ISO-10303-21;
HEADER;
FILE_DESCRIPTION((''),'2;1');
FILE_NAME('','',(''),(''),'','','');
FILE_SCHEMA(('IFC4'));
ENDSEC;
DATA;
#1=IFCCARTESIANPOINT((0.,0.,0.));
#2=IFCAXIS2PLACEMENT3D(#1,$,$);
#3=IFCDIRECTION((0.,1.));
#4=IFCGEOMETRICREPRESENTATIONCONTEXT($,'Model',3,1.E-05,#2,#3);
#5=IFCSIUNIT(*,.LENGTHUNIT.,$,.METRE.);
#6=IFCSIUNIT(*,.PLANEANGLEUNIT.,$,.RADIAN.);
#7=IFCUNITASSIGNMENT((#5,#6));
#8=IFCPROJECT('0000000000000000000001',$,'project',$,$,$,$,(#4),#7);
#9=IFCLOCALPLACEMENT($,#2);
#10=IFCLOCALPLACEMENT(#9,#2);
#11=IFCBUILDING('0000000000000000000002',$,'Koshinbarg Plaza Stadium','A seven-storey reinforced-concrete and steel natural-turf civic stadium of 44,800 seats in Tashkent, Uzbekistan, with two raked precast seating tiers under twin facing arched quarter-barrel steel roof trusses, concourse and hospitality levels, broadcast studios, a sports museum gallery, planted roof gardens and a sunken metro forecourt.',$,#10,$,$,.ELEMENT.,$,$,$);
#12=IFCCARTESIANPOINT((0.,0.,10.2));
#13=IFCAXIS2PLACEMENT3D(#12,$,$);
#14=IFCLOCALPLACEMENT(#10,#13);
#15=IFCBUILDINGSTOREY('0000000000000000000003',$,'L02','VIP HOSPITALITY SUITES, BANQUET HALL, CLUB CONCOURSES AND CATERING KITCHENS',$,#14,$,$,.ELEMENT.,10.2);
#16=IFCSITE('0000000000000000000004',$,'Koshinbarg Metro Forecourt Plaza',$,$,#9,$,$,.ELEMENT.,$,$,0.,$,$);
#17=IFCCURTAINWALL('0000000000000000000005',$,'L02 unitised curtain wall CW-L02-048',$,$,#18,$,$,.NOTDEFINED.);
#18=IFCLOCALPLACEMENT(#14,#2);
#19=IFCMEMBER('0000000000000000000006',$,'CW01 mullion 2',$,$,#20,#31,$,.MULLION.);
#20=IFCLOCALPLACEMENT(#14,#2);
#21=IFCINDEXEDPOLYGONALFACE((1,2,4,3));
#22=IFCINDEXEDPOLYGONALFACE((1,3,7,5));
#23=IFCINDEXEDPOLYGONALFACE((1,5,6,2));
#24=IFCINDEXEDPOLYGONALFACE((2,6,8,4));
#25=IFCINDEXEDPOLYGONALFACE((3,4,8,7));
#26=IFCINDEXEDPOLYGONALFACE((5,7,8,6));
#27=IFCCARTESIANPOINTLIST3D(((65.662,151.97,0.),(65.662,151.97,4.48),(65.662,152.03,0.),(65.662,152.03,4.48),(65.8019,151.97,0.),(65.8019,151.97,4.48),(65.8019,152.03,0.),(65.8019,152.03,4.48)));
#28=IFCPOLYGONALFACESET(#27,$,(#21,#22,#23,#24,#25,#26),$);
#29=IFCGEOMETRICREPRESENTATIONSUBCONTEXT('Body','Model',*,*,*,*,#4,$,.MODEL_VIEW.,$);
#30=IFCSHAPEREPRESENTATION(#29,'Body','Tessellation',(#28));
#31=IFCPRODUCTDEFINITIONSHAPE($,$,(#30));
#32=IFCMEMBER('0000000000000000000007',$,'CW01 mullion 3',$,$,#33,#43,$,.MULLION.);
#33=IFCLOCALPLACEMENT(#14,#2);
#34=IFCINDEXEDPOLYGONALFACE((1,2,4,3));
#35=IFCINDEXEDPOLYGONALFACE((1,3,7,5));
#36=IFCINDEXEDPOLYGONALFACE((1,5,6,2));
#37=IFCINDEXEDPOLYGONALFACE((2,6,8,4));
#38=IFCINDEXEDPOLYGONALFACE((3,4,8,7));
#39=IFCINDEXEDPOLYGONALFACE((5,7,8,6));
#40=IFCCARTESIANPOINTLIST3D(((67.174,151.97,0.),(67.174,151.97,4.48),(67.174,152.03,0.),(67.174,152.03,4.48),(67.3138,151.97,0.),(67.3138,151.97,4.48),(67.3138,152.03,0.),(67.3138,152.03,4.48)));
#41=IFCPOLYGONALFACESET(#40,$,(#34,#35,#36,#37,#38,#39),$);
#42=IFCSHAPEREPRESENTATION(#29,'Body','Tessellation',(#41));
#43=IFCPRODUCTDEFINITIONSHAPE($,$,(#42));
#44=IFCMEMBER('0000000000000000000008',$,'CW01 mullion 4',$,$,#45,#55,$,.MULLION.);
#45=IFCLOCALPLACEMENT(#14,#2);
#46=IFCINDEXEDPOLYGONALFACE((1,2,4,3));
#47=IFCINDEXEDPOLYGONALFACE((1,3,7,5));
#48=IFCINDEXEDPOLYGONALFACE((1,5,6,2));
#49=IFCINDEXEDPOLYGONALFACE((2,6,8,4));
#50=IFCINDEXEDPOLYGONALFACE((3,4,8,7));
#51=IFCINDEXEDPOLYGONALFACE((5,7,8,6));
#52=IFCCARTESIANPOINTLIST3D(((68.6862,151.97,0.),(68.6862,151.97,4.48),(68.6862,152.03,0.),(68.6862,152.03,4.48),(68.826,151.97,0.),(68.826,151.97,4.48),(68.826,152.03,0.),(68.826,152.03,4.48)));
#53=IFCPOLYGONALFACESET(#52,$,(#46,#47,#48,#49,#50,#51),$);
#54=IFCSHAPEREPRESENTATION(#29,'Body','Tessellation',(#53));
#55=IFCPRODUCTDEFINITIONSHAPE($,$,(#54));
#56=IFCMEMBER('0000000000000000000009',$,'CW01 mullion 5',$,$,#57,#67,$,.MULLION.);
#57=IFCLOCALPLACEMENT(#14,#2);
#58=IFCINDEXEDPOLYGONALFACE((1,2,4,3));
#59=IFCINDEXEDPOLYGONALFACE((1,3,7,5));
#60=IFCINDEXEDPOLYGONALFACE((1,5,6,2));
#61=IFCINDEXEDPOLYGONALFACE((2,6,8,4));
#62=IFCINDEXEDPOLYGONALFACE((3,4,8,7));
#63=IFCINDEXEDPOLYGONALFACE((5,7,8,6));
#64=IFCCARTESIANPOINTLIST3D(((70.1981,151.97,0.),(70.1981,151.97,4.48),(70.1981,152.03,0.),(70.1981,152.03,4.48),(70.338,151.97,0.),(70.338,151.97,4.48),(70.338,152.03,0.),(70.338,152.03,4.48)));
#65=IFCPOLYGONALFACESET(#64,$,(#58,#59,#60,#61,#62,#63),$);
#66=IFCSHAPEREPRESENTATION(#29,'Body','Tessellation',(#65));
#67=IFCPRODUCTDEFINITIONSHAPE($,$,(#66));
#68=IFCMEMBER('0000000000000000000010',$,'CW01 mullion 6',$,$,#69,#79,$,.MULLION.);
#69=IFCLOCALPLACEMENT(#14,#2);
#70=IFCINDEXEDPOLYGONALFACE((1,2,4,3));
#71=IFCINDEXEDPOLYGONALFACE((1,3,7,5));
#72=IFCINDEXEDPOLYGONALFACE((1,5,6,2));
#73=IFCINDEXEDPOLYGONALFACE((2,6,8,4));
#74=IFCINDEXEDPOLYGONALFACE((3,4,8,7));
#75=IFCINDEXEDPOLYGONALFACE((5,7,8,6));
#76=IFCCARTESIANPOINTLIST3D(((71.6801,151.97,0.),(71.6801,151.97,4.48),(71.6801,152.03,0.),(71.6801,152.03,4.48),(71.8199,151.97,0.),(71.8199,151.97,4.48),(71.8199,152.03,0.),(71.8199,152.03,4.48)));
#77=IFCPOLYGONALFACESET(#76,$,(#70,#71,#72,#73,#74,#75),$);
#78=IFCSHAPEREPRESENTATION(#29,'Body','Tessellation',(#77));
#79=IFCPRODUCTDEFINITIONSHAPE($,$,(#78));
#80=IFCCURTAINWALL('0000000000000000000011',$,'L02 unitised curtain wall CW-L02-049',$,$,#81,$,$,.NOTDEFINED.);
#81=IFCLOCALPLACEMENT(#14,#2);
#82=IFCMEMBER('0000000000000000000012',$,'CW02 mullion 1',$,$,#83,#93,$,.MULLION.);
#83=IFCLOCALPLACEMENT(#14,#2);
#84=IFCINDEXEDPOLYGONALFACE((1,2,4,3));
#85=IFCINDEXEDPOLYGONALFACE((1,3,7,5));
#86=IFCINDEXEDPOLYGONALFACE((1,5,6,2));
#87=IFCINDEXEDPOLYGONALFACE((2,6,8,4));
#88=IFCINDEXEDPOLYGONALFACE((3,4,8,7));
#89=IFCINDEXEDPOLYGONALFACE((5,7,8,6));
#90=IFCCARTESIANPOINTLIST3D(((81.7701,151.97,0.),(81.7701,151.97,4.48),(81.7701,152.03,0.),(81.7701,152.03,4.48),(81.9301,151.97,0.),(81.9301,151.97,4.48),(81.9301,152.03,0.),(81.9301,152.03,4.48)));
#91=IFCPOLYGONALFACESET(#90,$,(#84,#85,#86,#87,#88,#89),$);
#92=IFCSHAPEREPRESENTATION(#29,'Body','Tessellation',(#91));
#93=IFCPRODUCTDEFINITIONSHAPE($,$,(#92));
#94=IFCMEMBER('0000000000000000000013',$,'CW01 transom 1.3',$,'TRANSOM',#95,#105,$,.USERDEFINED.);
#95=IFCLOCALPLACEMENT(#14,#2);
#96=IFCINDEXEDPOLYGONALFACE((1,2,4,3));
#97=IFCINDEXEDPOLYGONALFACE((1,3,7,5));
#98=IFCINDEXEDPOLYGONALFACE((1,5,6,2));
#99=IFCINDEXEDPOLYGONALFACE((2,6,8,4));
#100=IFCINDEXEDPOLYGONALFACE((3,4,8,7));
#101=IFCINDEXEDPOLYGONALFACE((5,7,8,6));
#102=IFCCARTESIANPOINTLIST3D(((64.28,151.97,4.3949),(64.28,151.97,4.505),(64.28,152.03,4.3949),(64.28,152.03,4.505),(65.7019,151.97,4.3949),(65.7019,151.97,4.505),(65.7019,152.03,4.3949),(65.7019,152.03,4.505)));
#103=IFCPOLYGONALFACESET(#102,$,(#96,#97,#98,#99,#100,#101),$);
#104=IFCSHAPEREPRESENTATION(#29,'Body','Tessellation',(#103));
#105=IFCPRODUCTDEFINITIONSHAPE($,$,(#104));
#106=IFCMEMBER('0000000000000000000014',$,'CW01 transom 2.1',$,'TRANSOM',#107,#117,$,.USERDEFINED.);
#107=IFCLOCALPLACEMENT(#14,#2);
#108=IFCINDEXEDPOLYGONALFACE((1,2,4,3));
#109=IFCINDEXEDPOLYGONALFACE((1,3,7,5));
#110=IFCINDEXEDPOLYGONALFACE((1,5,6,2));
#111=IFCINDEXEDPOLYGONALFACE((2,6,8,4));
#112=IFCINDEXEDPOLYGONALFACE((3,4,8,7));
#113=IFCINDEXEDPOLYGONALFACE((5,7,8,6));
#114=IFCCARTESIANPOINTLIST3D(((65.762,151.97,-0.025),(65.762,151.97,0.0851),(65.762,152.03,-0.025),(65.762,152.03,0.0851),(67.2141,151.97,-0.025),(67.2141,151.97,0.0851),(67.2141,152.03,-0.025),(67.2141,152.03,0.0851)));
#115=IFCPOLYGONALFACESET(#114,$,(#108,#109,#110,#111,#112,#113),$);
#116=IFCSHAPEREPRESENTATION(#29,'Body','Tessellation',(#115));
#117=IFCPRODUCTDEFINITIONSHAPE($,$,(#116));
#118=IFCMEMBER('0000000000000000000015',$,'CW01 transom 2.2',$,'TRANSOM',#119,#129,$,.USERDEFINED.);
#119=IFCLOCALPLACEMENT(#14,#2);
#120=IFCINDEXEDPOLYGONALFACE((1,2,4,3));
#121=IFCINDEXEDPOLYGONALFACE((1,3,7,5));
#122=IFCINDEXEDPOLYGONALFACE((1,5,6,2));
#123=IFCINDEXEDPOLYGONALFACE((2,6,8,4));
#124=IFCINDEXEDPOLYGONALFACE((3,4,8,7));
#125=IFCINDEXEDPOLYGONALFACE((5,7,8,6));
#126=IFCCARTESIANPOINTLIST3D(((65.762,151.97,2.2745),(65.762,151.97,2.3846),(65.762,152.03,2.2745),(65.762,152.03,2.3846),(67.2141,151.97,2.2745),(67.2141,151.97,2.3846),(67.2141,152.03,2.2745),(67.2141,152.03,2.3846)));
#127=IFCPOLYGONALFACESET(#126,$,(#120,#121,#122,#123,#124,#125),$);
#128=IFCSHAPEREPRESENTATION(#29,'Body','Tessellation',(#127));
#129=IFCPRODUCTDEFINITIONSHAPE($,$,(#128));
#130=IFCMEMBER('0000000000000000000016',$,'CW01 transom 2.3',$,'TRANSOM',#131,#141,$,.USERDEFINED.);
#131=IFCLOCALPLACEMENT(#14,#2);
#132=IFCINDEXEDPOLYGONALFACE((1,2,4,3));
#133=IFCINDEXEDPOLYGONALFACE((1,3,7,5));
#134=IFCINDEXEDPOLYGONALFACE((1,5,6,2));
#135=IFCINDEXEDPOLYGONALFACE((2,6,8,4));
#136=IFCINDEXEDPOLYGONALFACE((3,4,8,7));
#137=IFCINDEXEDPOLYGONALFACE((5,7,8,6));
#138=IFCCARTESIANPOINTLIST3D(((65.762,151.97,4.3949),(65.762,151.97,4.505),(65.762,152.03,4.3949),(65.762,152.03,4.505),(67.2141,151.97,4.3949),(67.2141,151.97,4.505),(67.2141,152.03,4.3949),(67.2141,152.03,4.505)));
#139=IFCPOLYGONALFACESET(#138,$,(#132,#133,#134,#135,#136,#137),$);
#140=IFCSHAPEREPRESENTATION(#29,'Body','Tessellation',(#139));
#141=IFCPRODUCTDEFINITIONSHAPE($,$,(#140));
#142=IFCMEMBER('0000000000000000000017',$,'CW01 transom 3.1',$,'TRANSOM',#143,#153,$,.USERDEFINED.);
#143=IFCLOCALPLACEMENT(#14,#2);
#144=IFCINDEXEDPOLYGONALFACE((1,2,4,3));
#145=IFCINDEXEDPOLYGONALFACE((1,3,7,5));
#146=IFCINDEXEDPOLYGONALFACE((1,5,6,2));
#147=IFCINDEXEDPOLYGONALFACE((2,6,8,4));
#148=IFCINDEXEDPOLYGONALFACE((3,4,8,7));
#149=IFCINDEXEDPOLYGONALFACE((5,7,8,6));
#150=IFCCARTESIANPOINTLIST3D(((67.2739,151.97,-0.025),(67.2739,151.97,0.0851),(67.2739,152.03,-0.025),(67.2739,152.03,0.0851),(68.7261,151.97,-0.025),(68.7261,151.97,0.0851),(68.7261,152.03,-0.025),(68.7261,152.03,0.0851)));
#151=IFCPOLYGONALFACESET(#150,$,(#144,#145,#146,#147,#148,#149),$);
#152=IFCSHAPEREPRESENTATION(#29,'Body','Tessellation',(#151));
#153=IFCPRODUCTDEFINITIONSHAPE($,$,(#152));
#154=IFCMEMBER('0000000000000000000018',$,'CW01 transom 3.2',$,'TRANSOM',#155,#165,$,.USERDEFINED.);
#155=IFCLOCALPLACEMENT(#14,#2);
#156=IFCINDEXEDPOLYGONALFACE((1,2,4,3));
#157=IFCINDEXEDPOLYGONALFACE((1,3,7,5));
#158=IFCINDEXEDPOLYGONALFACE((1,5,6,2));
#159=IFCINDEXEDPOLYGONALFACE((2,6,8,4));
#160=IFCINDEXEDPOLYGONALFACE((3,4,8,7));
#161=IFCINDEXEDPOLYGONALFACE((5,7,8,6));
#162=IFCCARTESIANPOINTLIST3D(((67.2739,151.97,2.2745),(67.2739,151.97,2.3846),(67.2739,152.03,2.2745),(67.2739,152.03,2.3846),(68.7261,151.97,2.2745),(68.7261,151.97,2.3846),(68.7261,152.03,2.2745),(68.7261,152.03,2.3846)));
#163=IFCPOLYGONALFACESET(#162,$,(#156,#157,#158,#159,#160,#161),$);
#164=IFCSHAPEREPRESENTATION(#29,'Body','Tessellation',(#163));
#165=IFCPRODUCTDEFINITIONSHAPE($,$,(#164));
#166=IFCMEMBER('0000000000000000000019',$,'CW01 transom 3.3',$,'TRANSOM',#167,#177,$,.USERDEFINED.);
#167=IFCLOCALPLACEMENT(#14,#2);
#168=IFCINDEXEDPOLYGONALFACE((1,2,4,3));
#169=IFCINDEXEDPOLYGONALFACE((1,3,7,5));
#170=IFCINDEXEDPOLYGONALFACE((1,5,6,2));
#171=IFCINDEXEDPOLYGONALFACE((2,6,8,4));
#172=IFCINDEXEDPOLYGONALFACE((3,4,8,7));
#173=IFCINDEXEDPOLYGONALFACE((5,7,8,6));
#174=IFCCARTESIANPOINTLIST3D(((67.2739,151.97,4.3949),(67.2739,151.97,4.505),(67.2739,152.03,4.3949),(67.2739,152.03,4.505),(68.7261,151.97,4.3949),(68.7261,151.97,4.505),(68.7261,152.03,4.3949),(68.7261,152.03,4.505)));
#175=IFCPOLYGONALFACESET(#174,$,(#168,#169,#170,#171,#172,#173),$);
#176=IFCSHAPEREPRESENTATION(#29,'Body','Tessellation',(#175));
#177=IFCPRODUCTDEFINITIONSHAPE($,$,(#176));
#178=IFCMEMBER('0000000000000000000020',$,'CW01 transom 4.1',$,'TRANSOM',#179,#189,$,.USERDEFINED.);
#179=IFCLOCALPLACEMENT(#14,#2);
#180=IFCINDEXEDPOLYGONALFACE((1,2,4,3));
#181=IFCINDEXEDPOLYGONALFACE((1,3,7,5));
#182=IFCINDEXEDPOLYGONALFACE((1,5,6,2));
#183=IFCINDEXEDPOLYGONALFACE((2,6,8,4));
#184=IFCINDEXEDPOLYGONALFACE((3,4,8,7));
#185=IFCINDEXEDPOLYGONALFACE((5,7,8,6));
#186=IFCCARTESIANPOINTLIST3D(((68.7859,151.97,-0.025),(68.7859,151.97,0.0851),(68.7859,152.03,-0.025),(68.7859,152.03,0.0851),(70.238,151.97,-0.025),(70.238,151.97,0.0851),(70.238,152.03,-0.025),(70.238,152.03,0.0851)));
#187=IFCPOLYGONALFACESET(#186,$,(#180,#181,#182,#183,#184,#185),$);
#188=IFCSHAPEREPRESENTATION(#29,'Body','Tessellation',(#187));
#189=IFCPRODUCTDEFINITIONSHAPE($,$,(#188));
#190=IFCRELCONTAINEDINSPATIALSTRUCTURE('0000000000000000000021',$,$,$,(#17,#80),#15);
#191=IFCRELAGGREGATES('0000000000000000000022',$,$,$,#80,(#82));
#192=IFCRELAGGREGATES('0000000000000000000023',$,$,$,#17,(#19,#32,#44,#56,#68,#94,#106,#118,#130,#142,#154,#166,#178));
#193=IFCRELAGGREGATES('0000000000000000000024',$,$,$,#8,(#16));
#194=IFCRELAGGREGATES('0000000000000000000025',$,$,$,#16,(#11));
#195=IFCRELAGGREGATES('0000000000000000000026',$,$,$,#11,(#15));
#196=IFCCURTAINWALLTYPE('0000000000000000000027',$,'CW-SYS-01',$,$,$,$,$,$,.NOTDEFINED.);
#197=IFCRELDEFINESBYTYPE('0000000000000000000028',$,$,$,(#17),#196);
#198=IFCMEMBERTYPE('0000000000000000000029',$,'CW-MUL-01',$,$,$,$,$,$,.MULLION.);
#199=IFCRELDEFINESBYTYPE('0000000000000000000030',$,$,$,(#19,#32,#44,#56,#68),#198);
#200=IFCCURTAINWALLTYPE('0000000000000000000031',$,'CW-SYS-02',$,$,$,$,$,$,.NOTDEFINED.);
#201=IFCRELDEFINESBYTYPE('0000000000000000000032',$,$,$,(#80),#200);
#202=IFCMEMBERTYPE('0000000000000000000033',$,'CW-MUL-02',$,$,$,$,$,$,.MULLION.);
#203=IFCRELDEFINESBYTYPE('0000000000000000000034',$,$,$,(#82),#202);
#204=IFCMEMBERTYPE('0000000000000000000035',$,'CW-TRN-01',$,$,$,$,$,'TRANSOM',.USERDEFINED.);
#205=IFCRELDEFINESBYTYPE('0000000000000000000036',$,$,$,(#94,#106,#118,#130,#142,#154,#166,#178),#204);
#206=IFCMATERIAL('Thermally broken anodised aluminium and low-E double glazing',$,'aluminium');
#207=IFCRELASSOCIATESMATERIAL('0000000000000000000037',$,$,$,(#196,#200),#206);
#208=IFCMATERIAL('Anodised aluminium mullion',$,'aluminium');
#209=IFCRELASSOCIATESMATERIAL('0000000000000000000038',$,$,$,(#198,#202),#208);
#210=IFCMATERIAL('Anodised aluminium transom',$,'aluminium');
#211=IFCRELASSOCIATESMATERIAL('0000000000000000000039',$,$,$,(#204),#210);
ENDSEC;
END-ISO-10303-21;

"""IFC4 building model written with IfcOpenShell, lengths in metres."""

from ifc_helpers import new_model, si_unit, direction, frame, origin, origin_2d, place, context, subcontext, project, spatial, rectangle, extrude, material, material_profile, profile_set, type_object, element, aggregate, save


model = new_model("IFC4")

# Units and contexts
model_context = context("Model", 3, precision=1e-05, world=origin(), true_north=direction((0.0, 1.0)))
body_context = subcontext(model_context, "Body", "Model", "MODEL_VIEW")
ifc_project = project(units=[si_unit("LENGTHUNIT", "METRE"), si_unit("PLANEANGLEUNIT", "RADIAN")], contexts=[model_context])

# Site, building, storey
site_placement = place(None, origin())
site = spatial("IfcSite", under=ifc_project, at=site_placement, Name="Koshinbarg Metro Forecourt Plaza", CompositionType="ELEMENT", RefElevation=0.0)
building_placement = place(site_placement, origin())
building = spatial("IfcBuilding", under=site, at=building_placement, Name="Koshinbarg Plaza Stadium", Description="A seven-storey reinforced-concrete and steel natural-turf civic stadium of 44,800 seats in Tashkent, Uzbekistan, with two raked precast seating tiers under twin facing arched quarter-barrel steel roof trusses, concourse and hospitality levels, broadcast studios, a sports museum gallery, planted roof gardens and a sunken metro forecourt.", CompositionType="ELEMENT")
storey_placement = place(building_placement, frame((0.0, 0.0, 10.2)))
storey = spatial("IfcBuildingStorey", under=building, at=storey_placement, Name="L02", Description="VIP HOSPITALITY SUITES, BANQUET HALL, CLUB CONCOURSES AND CATERING KITCHENS", CompositionType="ELEMENT", Elevation=10.2)

# Curtain wall, members
ifc_material_1 = material(Name="Thermally broken anodised aluminium and low-E double glazing", Category="aluminium")
curtain_wall_type_1 = type_object("IfcCurtainWallType", Name="CW-SYS-01", PredefinedType="NOTDEFINED", material=ifc_material_1)
curtain_wall_1_placement = place(storey_placement, origin())
curtain_wall_1 = element("IfcCurtainWall", 1, at=curtain_wall_1_placement, inside=storey, type_object=curtain_wall_type_1, Name="L02 unitised curtain wall CW-L02-048", PredefinedType="NOTDEFINED")
ifc_material_2 = material(Name="Anodised aluminium mullion", Category="aluminium")
ifc_material_profile_1 = material_profile(ifc_material_2, rectangle(XDim=0.0601, YDim=0.1399, at=origin_2d()), Name="ALU 60x140")
ifc_profile_set_1 = profile_set([ifc_material_profile_1], Name="Anodised aluminium mullion")
member_type_1 = type_object("IfcMemberType", Name="CW-MUL-01", PredefinedType="MULLION", material=ifc_profile_set_1)
member_1_placement = place(storey_placement, frame((65.7319, 152.0, 0.0), z_axis=(0.0, 0.0, 1.0), x_axis=(0.0, 1.0, 0.0)))
member_1 = element("IfcMember", 2, at=member_1_placement, type_object=member_type_1, Name="CW01 mullion 2", PredefinedType="MULLION", context=body_context, shape_type="SweptSolid", body=[
    extrude(rectangle(XDim=0.0601, YDim=0.1399, at=origin_2d()), origin(), (0.0, 0.0, 1.0), 4.48),
])
member_2_placement = place(storey_placement, frame((67.2439, 152.0, 0.0), z_axis=(0.0, 0.0, 1.0), x_axis=(0.0, 1.0, 0.0)))
member_2 = element("IfcMember", 3, at=member_2_placement, type_object=member_type_1, Name="CW01 mullion 3", PredefinedType="MULLION", context=body_context, shape_type="SweptSolid", body=[
    extrude(rectangle(XDim=0.0601, YDim=0.1399, at=origin_2d()), origin(), (0.0, 0.0, 1.0), 4.48),
])
member_3_placement = place(storey_placement, frame((68.7561, 152.0, 0.0), z_axis=(0.0, 0.0, 1.0), x_axis=(0.0, 1.0, 0.0)))
member_3 = element("IfcMember", 4, at=member_3_placement, type_object=member_type_1, Name="CW01 mullion 4", PredefinedType="MULLION", context=body_context, shape_type="SweptSolid", body=[
    extrude(rectangle(XDim=0.0601, YDim=0.1399, at=origin_2d()), origin(), (0.0, 0.0, 1.0), 4.48),
])
member_4_placement = place(storey_placement, frame((70.2681, 152.0, 0.0), z_axis=(0.0, 0.0, 1.0), x_axis=(0.0, 1.0, 0.0)))
member_4 = element("IfcMember", 5, at=member_4_placement, type_object=member_type_1, Name="CW01 mullion 5", PredefinedType="MULLION", context=body_context, shape_type="SweptSolid", body=[
    extrude(rectangle(XDim=0.0601, YDim=0.1399, at=origin_2d()), origin(), (0.0, 0.0, 1.0), 4.48),
])
member_5_placement = place(storey_placement, frame((71.75, 152.0, 0.0), z_axis=(0.0, 0.0, 1.0), x_axis=(0.0, 1.0, 0.0)))
member_5 = element("IfcMember", 6, at=member_5_placement, type_object=member_type_1, Name="CW01 mullion 6", PredefinedType="MULLION", context=body_context, shape_type="SweptSolid", body=[
    extrude(rectangle(XDim=0.0601, YDim=0.1399, at=origin_2d()), origin(), (0.0, 0.0, 1.0), 4.48),
])

# Curtain wall, member
curtain_wall_type_2 = type_object("IfcCurtainWallType", Name="CW-SYS-02", PredefinedType="NOTDEFINED", material=ifc_material_1)
curtain_wall_2_placement = place(storey_placement, origin())
curtain_wall_2 = element("IfcCurtainWall", 7, at=curtain_wall_2_placement, inside=storey, type_object=curtain_wall_type_2, Name="L02 unitised curtain wall CW-L02-049", PredefinedType="NOTDEFINED")
ifc_material_profile_2 = material_profile(ifc_material_2, rectangle(XDim=0.0601, YDim=0.1599, at=origin_2d()), Name="ALU 60x160")
ifc_profile_set_2 = profile_set([ifc_material_profile_2], Name="Anodised aluminium mullion")
member_type_2 = type_object("IfcMemberType", Name="CW-MUL-02", PredefinedType="MULLION", material=ifc_profile_set_2)
member_6_placement = place(storey_placement, frame((81.8501, 152.0, 0.0), z_axis=(0.0, 0.0, 1.0), x_axis=(0.0, 1.0, 0.0)))
member_6 = element("IfcMember", 8, at=member_6_placement, type_object=member_type_2, Name="CW02 mullion 1", PredefinedType="MULLION", context=body_context, shape_type="SweptSolid", body=[
    extrude(rectangle(XDim=0.0601, YDim=0.1599, at=origin_2d()), origin(), (0.0, 0.0, 1.0), 4.48),
])

# Members
ifc_material_3 = material(Name="Anodised aluminium transom", Category="aluminium")
ifc_material_profile_3 = material_profile(ifc_material_3, rectangle(XDim=0.0601, YDim=0.1101, at=origin_2d()), Name="ALU 60x110")
ifc_profile_set_3 = profile_set([ifc_material_profile_3], Name="Anodised aluminium transom")
member_type_3 = type_object("IfcMemberType", Name="CW-TRN-01", ElementType="TRANSOM", PredefinedType="USERDEFINED", material=ifc_profile_set_3)
member_7_placement = place(storey_placement, frame((64.28, 152.0, 4.45), z_axis=(1.0, 0.0, 0.0), x_axis=(0.0, 1.0, 0.0)))
member_7 = element("IfcMember", 9, at=member_7_placement, type_object=member_type_3, Name="CW01 transom 1.3", ObjectType="TRANSOM", PredefinedType="USERDEFINED", context=body_context, shape_type="SweptSolid", body=[
    extrude(rectangle(XDim=0.0601, YDim=0.1101, at=origin_2d()), origin(), (0.0, 0.0, 1.0), 1.4219),
])
member_8_placement = place(storey_placement, frame((65.762, 152.0, 0.03), z_axis=(1.0, 0.0, 0.0), x_axis=(0.0, 1.0, 0.0)))
member_8 = element("IfcMember", 10, at=member_8_placement, type_object=member_type_3, Name="CW01 transom 2.1", ObjectType="TRANSOM", PredefinedType="USERDEFINED", context=body_context, shape_type="SweptSolid", body=[
    extrude(rectangle(XDim=0.0601, YDim=0.1101, at=origin_2d()), origin(), (0.0, 0.0, 1.0), 1.4521),
])
member_9_placement = place(storey_placement, frame((65.762, 152.0, 2.3296), z_axis=(1.0, 0.0, 0.0), x_axis=(0.0, 1.0, 0.0)))
member_9 = element("IfcMember", 11, at=member_9_placement, type_object=member_type_3, Name="CW01 transom 2.2", ObjectType="TRANSOM", PredefinedType="USERDEFINED", context=body_context, shape_type="SweptSolid", body=[
    extrude(rectangle(XDim=0.0601, YDim=0.1101, at=origin_2d()), origin(), (0.0, 0.0, 1.0), 1.4521),
])
member_10_placement = place(storey_placement, frame((65.762, 152.0, 4.45), z_axis=(1.0, 0.0, 0.0), x_axis=(0.0, 1.0, 0.0)))
member_10 = element("IfcMember", 12, at=member_10_placement, type_object=member_type_3, Name="CW01 transom 2.3", ObjectType="TRANSOM", PredefinedType="USERDEFINED", context=body_context, shape_type="SweptSolid", body=[
    extrude(rectangle(XDim=0.0601, YDim=0.1101, at=origin_2d()), origin(), (0.0, 0.0, 1.0), 1.4521),
])
member_11_placement = place(storey_placement, frame((67.2739, 152.0, 0.03), z_axis=(1.0, 0.0, 0.0), x_axis=(0.0, 1.0, 0.0)))
member_11 = element("IfcMember", 13, at=member_11_placement, type_object=member_type_3, Name="CW01 transom 3.1", ObjectType="TRANSOM", PredefinedType="USERDEFINED", context=body_context, shape_type="SweptSolid", body=[
    extrude(rectangle(XDim=0.0601, YDim=0.1101, at=origin_2d()), origin(), (0.0, 0.0, 1.0), 1.4521),
])
member_12_placement = place(storey_placement, frame((67.2739, 152.0, 2.3296), z_axis=(1.0, 0.0, 0.0), x_axis=(0.0, 1.0, 0.0)))
member_12 = element("IfcMember", 14, at=member_12_placement, type_object=member_type_3, Name="CW01 transom 3.2", ObjectType="TRANSOM", PredefinedType="USERDEFINED", context=body_context, shape_type="SweptSolid", body=[
    extrude(rectangle(XDim=0.0601, YDim=0.1101, at=origin_2d()), origin(), (0.0, 0.0, 1.0), 1.4521),
])
member_13_placement = place(storey_placement, frame((67.2739, 152.0, 4.45), z_axis=(1.0, 0.0, 0.0), x_axis=(0.0, 1.0, 0.0)))
member_13 = element("IfcMember", 15, at=member_13_placement, type_object=member_type_3, Name="CW01 transom 3.3", ObjectType="TRANSOM", PredefinedType="USERDEFINED", context=body_context, shape_type="SweptSolid", body=[
    extrude(rectangle(XDim=0.0601, YDim=0.1101, at=origin_2d()), origin(), (0.0, 0.0, 1.0), 1.4521),
])
member_14_placement = place(storey_placement, frame((68.7859, 152.0, 0.03), z_axis=(1.0, 0.0, 0.0), x_axis=(0.0, 1.0, 0.0)))
member_14 = element("IfcMember", 16, at=member_14_placement, type_object=member_type_3, Name="CW01 transom 4.1", ObjectType="TRANSOM", PredefinedType="USERDEFINED", context=body_context, shape_type="SweptSolid", body=[
    extrude(rectangle(XDim=0.0601, YDim=0.1101, at=origin_2d()), origin(), (0.0, 0.0, 1.0), 1.4521),
])
aggregate(curtain_wall_2, [member_6])

aggregate(curtain_wall_1, [member_1, member_2, member_3, member_4, member_5, member_7, member_8, member_9, member_10, member_11, member_12, member_13, member_14])

save(model, "model.ifc")
